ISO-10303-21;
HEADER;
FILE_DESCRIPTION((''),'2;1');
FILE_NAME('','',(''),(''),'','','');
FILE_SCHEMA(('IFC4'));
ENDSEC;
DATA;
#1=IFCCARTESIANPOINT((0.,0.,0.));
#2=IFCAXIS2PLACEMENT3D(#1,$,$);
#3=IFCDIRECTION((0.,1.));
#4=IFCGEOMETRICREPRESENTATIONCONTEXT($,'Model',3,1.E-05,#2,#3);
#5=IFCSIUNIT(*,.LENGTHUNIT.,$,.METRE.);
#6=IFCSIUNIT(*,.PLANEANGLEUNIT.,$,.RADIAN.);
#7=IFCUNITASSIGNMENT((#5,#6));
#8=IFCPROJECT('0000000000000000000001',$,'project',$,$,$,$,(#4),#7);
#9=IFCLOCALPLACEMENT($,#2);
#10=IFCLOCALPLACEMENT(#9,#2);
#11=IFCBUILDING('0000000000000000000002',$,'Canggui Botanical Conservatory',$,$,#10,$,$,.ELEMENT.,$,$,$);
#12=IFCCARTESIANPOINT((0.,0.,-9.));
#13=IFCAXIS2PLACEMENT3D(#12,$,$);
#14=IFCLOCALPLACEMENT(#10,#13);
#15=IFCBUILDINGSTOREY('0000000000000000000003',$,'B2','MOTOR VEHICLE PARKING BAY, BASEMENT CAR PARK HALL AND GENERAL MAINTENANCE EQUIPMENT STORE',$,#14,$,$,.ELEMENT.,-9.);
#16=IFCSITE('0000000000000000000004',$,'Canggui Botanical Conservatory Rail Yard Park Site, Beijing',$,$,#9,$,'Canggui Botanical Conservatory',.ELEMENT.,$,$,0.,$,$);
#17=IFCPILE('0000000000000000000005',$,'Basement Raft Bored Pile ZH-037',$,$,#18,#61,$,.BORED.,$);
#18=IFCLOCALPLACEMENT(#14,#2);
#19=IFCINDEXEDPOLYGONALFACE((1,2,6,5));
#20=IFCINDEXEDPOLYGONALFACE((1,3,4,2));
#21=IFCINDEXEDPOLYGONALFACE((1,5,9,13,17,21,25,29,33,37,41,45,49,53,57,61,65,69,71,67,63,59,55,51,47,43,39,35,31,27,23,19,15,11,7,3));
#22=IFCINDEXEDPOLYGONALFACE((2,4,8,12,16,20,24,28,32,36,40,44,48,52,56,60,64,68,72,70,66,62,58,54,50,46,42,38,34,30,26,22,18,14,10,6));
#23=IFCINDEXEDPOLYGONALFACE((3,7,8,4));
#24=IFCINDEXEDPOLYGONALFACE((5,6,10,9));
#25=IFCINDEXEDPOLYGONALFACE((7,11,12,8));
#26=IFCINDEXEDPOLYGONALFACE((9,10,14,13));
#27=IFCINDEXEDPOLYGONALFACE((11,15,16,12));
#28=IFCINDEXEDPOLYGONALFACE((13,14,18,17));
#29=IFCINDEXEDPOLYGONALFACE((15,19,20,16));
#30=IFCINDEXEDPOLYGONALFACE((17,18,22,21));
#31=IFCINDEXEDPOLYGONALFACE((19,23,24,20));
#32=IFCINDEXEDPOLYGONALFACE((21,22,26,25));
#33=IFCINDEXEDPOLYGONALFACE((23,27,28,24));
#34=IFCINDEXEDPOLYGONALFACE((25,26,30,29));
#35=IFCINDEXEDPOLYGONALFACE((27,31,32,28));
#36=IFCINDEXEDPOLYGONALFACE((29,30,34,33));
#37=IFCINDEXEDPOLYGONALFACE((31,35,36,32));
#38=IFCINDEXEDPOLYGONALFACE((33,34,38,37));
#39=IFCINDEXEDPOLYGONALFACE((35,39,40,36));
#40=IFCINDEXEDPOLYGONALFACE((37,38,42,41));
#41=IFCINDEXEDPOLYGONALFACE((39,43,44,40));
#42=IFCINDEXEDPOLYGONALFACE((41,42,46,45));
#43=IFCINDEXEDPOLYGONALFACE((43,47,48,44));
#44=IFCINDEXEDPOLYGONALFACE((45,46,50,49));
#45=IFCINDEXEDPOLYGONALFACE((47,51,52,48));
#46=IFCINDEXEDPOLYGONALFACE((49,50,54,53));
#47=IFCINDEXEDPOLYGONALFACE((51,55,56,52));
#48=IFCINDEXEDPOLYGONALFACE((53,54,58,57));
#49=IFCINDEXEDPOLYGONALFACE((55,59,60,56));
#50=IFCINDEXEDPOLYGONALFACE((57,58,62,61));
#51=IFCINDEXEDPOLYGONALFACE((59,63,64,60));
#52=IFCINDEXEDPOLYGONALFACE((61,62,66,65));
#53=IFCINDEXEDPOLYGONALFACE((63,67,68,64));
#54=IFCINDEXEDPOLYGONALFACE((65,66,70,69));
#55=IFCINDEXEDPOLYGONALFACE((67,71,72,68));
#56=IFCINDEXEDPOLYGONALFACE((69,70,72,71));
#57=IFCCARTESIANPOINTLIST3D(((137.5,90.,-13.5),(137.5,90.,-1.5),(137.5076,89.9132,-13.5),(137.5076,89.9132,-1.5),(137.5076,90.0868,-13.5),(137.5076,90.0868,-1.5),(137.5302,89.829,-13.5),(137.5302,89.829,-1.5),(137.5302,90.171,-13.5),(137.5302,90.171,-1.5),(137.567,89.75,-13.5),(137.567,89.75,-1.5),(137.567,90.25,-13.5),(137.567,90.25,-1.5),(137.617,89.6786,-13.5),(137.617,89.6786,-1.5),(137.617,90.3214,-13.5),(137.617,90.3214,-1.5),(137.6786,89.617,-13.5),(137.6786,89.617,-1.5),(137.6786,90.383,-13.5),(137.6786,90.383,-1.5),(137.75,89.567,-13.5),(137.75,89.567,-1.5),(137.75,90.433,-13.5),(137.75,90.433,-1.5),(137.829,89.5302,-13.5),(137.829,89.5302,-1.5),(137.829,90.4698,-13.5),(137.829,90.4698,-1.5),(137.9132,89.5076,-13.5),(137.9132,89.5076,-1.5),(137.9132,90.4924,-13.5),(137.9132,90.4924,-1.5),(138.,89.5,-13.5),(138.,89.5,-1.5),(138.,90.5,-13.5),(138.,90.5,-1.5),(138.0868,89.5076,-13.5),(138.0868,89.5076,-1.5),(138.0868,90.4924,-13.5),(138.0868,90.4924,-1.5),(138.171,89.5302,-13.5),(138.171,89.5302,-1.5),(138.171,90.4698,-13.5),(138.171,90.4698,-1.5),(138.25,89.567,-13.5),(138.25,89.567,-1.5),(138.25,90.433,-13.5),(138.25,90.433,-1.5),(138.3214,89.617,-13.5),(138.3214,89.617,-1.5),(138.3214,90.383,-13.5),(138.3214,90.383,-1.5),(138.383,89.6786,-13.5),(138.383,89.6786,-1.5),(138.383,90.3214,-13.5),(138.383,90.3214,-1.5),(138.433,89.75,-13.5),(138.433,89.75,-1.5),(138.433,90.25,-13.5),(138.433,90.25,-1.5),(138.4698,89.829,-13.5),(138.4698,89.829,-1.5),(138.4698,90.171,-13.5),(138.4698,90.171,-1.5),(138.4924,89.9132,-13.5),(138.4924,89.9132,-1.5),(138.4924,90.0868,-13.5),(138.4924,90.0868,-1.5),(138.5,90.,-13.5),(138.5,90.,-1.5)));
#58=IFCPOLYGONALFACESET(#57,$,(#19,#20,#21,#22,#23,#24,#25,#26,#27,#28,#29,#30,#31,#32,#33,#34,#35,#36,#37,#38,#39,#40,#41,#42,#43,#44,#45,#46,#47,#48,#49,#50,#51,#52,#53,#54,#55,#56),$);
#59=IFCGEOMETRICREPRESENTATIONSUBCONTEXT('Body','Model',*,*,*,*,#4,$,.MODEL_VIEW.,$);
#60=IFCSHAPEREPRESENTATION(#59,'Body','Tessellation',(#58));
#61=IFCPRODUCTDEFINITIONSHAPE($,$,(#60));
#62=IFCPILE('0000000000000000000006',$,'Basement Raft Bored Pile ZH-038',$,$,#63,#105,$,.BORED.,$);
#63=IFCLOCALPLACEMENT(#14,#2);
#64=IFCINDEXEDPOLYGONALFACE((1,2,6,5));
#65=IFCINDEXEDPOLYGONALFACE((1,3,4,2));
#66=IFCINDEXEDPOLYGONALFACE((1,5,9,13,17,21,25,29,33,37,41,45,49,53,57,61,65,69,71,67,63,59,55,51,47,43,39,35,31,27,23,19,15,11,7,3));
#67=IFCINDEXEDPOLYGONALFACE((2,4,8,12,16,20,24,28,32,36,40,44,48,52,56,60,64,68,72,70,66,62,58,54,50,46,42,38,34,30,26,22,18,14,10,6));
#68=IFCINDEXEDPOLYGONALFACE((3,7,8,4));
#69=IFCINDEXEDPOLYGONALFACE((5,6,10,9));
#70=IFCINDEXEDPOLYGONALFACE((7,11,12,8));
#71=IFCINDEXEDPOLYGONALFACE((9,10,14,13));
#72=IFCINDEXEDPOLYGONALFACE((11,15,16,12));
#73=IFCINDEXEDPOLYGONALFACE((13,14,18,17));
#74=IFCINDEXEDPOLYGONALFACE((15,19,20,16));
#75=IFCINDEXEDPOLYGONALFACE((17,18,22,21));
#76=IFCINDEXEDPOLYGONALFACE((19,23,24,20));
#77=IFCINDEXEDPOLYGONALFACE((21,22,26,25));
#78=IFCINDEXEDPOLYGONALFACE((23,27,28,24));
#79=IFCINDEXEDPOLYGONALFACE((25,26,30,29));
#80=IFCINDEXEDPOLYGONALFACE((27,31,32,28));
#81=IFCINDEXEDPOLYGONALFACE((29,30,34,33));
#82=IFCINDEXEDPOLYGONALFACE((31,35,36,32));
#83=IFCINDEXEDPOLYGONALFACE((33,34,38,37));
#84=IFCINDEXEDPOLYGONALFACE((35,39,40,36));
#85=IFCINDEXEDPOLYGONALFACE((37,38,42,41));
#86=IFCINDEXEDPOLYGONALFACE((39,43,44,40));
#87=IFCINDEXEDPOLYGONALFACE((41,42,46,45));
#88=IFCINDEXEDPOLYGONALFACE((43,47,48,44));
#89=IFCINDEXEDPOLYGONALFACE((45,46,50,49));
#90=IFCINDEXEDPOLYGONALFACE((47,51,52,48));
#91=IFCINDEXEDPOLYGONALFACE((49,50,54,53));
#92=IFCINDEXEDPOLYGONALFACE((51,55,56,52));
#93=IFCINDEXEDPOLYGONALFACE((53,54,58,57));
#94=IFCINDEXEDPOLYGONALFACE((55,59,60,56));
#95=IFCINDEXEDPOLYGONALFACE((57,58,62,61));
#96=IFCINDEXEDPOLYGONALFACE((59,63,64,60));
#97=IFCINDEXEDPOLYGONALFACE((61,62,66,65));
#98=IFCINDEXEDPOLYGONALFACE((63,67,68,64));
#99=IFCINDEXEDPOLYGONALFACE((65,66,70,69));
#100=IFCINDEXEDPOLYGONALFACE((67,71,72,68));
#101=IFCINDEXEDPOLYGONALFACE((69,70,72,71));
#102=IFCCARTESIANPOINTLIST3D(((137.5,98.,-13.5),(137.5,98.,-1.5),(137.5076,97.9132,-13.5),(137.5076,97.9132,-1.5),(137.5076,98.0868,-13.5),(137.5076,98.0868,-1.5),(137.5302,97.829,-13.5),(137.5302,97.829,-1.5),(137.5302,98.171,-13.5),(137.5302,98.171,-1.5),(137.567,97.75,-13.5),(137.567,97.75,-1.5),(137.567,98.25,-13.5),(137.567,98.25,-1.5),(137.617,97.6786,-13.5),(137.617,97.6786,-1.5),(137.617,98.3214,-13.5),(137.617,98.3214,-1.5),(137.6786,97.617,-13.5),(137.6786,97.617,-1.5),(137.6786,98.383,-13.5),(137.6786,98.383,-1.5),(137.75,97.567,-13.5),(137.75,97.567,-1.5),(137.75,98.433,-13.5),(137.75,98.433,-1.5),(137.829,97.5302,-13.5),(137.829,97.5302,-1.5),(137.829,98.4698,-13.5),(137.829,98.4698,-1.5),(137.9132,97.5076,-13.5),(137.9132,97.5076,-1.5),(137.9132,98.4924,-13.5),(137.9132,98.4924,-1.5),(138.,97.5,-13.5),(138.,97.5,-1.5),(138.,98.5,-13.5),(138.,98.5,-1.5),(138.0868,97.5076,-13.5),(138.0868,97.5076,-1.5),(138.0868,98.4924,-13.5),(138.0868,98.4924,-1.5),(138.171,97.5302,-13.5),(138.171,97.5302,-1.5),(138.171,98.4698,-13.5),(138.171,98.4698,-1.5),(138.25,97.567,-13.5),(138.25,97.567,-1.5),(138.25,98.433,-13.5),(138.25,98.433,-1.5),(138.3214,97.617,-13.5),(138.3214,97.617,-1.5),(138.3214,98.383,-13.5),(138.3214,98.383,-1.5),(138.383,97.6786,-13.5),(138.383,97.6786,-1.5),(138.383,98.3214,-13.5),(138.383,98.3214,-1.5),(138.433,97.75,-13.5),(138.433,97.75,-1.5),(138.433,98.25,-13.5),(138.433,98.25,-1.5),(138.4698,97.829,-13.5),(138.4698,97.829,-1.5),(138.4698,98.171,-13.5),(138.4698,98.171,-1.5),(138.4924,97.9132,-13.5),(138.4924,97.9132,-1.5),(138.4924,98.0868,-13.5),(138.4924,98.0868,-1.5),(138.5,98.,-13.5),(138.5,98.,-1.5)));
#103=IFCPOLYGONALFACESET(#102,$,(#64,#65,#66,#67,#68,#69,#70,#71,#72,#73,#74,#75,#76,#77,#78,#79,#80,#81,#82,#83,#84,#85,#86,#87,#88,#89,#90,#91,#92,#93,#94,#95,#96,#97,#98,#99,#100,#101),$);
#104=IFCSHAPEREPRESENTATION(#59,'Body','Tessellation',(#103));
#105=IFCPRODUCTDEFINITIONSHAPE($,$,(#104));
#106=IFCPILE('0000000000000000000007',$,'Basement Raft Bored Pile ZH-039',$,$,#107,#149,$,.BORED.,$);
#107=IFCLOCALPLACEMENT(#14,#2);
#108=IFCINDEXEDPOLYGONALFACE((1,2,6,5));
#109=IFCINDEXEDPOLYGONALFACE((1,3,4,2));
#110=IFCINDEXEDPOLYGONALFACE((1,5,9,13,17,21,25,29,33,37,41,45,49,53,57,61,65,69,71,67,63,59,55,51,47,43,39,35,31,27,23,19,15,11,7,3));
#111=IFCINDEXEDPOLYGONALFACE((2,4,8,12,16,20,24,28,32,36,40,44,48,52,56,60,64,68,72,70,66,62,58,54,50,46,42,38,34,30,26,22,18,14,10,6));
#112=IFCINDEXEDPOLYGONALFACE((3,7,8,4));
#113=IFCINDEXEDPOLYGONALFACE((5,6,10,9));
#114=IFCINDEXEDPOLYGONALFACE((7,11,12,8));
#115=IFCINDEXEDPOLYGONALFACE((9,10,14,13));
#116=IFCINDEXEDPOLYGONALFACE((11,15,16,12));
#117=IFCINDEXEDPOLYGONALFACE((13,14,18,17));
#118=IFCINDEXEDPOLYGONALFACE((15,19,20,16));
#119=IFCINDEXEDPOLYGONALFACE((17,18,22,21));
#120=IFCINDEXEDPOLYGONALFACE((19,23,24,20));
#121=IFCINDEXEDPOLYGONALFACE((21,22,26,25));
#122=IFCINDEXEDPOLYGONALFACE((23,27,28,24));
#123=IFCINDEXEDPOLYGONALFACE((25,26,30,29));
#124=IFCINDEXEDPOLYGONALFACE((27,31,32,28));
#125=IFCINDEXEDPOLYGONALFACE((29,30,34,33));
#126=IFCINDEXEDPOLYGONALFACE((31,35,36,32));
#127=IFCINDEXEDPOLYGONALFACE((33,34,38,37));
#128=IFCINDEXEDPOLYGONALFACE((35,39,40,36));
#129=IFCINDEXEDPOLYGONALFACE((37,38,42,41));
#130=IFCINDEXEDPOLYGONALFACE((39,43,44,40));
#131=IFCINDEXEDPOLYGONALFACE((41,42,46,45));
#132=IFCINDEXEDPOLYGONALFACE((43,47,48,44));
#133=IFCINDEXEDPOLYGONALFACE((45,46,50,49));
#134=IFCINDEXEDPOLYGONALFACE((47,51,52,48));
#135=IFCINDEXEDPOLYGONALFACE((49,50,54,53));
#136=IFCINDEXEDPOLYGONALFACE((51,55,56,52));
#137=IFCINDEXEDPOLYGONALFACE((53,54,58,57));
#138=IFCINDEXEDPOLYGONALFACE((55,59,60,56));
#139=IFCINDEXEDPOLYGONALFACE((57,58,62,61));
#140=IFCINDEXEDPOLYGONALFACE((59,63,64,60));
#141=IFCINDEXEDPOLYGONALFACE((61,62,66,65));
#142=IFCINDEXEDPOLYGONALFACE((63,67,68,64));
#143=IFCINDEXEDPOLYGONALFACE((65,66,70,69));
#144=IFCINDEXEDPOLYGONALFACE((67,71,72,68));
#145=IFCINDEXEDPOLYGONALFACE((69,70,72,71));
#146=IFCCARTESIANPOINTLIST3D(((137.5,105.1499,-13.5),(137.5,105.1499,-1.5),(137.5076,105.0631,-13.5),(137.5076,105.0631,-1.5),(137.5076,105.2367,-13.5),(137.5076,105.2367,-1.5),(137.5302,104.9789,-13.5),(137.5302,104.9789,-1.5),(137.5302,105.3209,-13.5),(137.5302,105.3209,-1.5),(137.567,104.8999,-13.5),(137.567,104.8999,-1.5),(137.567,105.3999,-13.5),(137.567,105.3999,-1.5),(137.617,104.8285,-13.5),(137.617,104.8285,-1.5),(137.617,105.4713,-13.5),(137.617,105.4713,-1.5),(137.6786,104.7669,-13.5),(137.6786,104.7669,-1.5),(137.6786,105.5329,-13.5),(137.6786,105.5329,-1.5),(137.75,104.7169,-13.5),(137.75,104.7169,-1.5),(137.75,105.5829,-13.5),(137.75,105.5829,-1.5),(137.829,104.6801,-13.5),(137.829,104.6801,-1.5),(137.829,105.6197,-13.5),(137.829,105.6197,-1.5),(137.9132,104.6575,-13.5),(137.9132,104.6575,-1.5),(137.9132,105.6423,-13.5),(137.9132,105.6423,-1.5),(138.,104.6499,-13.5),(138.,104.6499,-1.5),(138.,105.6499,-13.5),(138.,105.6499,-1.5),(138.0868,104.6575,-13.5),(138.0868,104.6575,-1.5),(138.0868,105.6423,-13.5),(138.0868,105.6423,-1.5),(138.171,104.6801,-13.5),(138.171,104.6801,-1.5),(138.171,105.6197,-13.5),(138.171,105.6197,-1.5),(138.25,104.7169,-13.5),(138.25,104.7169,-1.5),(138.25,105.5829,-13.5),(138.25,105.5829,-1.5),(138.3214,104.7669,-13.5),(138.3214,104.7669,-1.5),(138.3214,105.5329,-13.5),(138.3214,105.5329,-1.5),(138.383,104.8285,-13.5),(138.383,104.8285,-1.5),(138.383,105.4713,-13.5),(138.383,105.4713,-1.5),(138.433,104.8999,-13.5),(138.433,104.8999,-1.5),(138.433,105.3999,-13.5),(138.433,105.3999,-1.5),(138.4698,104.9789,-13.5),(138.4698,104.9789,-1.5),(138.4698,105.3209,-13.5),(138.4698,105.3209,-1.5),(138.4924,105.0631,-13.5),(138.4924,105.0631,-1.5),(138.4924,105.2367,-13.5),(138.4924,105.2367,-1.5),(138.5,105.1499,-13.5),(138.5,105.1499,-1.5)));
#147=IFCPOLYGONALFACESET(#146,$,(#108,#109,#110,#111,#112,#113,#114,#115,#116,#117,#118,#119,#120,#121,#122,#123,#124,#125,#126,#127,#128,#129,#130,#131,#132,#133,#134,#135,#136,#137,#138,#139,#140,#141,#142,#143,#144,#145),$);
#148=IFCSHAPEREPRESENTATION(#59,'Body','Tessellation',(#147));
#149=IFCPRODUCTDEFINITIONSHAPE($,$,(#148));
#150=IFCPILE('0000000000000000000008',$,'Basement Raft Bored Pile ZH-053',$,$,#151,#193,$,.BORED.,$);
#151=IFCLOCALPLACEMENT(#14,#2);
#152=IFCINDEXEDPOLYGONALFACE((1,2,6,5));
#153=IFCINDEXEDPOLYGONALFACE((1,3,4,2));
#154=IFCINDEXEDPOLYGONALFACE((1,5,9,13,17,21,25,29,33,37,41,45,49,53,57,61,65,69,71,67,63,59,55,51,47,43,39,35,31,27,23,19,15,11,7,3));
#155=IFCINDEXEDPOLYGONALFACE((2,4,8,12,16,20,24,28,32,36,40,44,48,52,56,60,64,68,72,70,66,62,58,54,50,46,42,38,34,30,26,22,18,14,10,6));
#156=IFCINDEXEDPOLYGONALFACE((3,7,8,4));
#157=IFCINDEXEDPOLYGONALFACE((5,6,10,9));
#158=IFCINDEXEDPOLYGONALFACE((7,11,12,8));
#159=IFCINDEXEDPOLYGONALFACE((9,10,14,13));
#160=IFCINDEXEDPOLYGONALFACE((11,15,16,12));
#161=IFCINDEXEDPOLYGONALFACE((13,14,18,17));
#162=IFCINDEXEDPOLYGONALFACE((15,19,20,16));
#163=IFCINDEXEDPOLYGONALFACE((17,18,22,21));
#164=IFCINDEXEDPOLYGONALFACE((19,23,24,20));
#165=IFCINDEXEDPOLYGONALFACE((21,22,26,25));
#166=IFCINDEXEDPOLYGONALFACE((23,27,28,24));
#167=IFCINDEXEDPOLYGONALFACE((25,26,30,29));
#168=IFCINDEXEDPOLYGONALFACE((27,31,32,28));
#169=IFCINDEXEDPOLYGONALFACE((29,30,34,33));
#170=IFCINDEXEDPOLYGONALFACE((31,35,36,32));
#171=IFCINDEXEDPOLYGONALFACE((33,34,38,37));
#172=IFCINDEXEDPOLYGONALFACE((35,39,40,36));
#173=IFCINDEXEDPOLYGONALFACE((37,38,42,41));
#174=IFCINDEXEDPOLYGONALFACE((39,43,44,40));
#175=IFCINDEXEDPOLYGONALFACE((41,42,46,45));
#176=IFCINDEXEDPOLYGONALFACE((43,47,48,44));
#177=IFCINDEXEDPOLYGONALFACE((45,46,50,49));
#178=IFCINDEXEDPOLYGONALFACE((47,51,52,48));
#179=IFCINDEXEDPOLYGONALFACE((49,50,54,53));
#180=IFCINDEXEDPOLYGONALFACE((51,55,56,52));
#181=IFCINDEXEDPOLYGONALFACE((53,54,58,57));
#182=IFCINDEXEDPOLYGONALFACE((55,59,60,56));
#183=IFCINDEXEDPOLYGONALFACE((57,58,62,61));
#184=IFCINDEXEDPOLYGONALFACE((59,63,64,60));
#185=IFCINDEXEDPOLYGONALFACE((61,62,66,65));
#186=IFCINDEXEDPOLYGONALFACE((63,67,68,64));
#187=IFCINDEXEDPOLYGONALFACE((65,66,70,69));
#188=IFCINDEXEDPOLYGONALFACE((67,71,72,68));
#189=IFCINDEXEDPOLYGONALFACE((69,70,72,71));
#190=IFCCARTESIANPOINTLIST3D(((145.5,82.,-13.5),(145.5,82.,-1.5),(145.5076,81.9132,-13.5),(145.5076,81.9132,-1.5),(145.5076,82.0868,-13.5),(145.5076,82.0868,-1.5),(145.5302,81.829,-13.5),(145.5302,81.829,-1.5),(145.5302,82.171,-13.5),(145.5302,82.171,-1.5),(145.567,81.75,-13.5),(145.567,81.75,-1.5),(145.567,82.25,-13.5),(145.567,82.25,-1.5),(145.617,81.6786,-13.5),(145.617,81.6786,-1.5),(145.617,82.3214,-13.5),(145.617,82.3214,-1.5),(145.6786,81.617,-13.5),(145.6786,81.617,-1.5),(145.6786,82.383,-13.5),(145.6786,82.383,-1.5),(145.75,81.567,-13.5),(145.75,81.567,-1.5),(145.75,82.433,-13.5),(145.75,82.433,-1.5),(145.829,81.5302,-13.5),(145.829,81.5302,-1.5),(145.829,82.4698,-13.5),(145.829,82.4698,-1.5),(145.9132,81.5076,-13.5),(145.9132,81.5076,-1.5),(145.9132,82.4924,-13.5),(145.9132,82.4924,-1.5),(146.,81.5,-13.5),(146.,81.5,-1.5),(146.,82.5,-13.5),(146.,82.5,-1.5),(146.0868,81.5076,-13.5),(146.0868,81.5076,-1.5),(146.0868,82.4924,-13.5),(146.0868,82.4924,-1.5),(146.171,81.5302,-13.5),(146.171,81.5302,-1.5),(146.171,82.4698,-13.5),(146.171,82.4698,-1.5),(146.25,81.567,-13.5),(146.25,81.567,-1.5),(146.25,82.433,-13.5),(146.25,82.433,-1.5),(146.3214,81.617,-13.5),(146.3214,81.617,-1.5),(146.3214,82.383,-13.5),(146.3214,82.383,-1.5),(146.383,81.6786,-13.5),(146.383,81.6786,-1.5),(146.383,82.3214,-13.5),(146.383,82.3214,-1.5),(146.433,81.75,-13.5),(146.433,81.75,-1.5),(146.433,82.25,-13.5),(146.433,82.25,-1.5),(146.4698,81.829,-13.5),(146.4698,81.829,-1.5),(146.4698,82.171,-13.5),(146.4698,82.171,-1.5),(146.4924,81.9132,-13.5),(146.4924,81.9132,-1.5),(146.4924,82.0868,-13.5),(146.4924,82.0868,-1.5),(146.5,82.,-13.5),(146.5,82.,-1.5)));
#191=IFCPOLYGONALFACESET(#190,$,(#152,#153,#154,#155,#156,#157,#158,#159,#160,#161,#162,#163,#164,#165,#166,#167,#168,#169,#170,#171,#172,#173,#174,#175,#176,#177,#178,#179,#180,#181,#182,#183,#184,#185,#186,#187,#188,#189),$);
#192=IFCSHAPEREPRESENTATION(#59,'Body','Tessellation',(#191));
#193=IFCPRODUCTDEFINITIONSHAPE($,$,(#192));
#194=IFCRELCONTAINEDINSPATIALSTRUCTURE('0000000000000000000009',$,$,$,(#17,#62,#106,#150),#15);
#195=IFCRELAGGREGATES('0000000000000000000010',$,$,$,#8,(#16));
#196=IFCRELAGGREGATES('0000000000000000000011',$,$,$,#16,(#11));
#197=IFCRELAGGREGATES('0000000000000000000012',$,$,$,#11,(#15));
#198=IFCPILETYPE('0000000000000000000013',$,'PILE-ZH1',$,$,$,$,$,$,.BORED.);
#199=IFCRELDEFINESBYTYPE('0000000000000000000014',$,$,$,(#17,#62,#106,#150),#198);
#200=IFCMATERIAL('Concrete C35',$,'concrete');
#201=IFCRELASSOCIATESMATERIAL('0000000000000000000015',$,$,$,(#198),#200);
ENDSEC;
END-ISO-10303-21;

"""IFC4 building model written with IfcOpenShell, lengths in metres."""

from ifc_helpers import new_model, si_unit, direction, frame, origin, origin_2d, place, context, subcontext, project, spatial, circle, extrude, material, material_profile, profile_set, type_object, element, save


model = new_model("IFC4")

# Units and contexts
model_context = context("Model", 3, precision=1e-05, world=origin(), true_north=direction((0.0, 1.0)))
body_context = subcontext(model_context, "Body", "Model", "MODEL_VIEW")
ifc_project = project(units=[si_unit("LENGTHUNIT", "METRE"), si_unit("PLANEANGLEUNIT", "RADIAN")], contexts=[model_context])

# Site, building, storey
site_placement = place(None, origin())
site = spatial("IfcSite", under=ifc_project, at=site_placement, Name="Canggui Botanical Conservatory Rail Yard Park Site, Beijing", LongName="Canggui Botanical Conservatory", CompositionType="ELEMENT", RefElevation=0.0)
building_placement = place(site_placement, origin())
building = spatial("IfcBuilding", under=site, at=building_placement, Name="Canggui Botanical Conservatory", CompositionType="ELEMENT")
storey_placement = place(building_placement, frame((0.0, 0.0, -9.0)))
storey = spatial("IfcBuildingStorey", under=building, at=storey_placement, Name="B2", Description="MOTOR VEHICLE PARKING BAY, BASEMENT CAR PARK HALL AND GENERAL MAINTENANCE EQUIPMENT STORE", CompositionType="ELEMENT", Elevation=-9.0)

# Piles
ifc_material_1 = material(Name="Concrete C35", Category="concrete")
ifc_material_profile_1 = material_profile(ifc_material_1, circle(Radius=0.5, at=origin_2d()), Name="PILE D1000")
ifc_profile_set_1 = profile_set([ifc_material_profile_1], Name="Concrete C35")
pile_type = type_object("IfcPileType", Name="PILE-ZH1", PredefinedType="BORED", material=ifc_profile_set_1)
for number, where, z_axis, x_axis, name in (
    (1, (138.0, 90.0, -1.5), (0.0, 0.0, -1.0), (1.0, 0.0, 0.0), "Basement Raft Bored Pile ZH-037"),
    (2, (138.0, 98.0, -1.5), (0.0, 0.0, -1.0), (1.0, 0.0, 0.0), "Basement Raft Bored Pile ZH-038"),
    (3, (138.0, 105.1499, -1.5), (0.0, 0.0, -1.0), (1.0, 0.0, 0.0), "Basement Raft Bored Pile ZH-039"),
    (4, (146.0, 82.0, -1.5), (0.0, 0.0, -1.0), (1.0, 0.0, 0.0), "Basement Raft Bored Pile ZH-053"),
):
    element("IfcPile", number, at=place(storey_placement, frame(where, z_axis=z_axis, x_axis=x_axis)), inside=storey, type_object=pile_type, Name=name, PredefinedType="BORED", context=body_context, shape_type="SweptSolid", body=[
        extrude(circle(Radius=0.5, at=origin_2d()), origin(), (0.0, 0.0, 1.0), 12.0),
    ])

save(model, "model.ifc")
